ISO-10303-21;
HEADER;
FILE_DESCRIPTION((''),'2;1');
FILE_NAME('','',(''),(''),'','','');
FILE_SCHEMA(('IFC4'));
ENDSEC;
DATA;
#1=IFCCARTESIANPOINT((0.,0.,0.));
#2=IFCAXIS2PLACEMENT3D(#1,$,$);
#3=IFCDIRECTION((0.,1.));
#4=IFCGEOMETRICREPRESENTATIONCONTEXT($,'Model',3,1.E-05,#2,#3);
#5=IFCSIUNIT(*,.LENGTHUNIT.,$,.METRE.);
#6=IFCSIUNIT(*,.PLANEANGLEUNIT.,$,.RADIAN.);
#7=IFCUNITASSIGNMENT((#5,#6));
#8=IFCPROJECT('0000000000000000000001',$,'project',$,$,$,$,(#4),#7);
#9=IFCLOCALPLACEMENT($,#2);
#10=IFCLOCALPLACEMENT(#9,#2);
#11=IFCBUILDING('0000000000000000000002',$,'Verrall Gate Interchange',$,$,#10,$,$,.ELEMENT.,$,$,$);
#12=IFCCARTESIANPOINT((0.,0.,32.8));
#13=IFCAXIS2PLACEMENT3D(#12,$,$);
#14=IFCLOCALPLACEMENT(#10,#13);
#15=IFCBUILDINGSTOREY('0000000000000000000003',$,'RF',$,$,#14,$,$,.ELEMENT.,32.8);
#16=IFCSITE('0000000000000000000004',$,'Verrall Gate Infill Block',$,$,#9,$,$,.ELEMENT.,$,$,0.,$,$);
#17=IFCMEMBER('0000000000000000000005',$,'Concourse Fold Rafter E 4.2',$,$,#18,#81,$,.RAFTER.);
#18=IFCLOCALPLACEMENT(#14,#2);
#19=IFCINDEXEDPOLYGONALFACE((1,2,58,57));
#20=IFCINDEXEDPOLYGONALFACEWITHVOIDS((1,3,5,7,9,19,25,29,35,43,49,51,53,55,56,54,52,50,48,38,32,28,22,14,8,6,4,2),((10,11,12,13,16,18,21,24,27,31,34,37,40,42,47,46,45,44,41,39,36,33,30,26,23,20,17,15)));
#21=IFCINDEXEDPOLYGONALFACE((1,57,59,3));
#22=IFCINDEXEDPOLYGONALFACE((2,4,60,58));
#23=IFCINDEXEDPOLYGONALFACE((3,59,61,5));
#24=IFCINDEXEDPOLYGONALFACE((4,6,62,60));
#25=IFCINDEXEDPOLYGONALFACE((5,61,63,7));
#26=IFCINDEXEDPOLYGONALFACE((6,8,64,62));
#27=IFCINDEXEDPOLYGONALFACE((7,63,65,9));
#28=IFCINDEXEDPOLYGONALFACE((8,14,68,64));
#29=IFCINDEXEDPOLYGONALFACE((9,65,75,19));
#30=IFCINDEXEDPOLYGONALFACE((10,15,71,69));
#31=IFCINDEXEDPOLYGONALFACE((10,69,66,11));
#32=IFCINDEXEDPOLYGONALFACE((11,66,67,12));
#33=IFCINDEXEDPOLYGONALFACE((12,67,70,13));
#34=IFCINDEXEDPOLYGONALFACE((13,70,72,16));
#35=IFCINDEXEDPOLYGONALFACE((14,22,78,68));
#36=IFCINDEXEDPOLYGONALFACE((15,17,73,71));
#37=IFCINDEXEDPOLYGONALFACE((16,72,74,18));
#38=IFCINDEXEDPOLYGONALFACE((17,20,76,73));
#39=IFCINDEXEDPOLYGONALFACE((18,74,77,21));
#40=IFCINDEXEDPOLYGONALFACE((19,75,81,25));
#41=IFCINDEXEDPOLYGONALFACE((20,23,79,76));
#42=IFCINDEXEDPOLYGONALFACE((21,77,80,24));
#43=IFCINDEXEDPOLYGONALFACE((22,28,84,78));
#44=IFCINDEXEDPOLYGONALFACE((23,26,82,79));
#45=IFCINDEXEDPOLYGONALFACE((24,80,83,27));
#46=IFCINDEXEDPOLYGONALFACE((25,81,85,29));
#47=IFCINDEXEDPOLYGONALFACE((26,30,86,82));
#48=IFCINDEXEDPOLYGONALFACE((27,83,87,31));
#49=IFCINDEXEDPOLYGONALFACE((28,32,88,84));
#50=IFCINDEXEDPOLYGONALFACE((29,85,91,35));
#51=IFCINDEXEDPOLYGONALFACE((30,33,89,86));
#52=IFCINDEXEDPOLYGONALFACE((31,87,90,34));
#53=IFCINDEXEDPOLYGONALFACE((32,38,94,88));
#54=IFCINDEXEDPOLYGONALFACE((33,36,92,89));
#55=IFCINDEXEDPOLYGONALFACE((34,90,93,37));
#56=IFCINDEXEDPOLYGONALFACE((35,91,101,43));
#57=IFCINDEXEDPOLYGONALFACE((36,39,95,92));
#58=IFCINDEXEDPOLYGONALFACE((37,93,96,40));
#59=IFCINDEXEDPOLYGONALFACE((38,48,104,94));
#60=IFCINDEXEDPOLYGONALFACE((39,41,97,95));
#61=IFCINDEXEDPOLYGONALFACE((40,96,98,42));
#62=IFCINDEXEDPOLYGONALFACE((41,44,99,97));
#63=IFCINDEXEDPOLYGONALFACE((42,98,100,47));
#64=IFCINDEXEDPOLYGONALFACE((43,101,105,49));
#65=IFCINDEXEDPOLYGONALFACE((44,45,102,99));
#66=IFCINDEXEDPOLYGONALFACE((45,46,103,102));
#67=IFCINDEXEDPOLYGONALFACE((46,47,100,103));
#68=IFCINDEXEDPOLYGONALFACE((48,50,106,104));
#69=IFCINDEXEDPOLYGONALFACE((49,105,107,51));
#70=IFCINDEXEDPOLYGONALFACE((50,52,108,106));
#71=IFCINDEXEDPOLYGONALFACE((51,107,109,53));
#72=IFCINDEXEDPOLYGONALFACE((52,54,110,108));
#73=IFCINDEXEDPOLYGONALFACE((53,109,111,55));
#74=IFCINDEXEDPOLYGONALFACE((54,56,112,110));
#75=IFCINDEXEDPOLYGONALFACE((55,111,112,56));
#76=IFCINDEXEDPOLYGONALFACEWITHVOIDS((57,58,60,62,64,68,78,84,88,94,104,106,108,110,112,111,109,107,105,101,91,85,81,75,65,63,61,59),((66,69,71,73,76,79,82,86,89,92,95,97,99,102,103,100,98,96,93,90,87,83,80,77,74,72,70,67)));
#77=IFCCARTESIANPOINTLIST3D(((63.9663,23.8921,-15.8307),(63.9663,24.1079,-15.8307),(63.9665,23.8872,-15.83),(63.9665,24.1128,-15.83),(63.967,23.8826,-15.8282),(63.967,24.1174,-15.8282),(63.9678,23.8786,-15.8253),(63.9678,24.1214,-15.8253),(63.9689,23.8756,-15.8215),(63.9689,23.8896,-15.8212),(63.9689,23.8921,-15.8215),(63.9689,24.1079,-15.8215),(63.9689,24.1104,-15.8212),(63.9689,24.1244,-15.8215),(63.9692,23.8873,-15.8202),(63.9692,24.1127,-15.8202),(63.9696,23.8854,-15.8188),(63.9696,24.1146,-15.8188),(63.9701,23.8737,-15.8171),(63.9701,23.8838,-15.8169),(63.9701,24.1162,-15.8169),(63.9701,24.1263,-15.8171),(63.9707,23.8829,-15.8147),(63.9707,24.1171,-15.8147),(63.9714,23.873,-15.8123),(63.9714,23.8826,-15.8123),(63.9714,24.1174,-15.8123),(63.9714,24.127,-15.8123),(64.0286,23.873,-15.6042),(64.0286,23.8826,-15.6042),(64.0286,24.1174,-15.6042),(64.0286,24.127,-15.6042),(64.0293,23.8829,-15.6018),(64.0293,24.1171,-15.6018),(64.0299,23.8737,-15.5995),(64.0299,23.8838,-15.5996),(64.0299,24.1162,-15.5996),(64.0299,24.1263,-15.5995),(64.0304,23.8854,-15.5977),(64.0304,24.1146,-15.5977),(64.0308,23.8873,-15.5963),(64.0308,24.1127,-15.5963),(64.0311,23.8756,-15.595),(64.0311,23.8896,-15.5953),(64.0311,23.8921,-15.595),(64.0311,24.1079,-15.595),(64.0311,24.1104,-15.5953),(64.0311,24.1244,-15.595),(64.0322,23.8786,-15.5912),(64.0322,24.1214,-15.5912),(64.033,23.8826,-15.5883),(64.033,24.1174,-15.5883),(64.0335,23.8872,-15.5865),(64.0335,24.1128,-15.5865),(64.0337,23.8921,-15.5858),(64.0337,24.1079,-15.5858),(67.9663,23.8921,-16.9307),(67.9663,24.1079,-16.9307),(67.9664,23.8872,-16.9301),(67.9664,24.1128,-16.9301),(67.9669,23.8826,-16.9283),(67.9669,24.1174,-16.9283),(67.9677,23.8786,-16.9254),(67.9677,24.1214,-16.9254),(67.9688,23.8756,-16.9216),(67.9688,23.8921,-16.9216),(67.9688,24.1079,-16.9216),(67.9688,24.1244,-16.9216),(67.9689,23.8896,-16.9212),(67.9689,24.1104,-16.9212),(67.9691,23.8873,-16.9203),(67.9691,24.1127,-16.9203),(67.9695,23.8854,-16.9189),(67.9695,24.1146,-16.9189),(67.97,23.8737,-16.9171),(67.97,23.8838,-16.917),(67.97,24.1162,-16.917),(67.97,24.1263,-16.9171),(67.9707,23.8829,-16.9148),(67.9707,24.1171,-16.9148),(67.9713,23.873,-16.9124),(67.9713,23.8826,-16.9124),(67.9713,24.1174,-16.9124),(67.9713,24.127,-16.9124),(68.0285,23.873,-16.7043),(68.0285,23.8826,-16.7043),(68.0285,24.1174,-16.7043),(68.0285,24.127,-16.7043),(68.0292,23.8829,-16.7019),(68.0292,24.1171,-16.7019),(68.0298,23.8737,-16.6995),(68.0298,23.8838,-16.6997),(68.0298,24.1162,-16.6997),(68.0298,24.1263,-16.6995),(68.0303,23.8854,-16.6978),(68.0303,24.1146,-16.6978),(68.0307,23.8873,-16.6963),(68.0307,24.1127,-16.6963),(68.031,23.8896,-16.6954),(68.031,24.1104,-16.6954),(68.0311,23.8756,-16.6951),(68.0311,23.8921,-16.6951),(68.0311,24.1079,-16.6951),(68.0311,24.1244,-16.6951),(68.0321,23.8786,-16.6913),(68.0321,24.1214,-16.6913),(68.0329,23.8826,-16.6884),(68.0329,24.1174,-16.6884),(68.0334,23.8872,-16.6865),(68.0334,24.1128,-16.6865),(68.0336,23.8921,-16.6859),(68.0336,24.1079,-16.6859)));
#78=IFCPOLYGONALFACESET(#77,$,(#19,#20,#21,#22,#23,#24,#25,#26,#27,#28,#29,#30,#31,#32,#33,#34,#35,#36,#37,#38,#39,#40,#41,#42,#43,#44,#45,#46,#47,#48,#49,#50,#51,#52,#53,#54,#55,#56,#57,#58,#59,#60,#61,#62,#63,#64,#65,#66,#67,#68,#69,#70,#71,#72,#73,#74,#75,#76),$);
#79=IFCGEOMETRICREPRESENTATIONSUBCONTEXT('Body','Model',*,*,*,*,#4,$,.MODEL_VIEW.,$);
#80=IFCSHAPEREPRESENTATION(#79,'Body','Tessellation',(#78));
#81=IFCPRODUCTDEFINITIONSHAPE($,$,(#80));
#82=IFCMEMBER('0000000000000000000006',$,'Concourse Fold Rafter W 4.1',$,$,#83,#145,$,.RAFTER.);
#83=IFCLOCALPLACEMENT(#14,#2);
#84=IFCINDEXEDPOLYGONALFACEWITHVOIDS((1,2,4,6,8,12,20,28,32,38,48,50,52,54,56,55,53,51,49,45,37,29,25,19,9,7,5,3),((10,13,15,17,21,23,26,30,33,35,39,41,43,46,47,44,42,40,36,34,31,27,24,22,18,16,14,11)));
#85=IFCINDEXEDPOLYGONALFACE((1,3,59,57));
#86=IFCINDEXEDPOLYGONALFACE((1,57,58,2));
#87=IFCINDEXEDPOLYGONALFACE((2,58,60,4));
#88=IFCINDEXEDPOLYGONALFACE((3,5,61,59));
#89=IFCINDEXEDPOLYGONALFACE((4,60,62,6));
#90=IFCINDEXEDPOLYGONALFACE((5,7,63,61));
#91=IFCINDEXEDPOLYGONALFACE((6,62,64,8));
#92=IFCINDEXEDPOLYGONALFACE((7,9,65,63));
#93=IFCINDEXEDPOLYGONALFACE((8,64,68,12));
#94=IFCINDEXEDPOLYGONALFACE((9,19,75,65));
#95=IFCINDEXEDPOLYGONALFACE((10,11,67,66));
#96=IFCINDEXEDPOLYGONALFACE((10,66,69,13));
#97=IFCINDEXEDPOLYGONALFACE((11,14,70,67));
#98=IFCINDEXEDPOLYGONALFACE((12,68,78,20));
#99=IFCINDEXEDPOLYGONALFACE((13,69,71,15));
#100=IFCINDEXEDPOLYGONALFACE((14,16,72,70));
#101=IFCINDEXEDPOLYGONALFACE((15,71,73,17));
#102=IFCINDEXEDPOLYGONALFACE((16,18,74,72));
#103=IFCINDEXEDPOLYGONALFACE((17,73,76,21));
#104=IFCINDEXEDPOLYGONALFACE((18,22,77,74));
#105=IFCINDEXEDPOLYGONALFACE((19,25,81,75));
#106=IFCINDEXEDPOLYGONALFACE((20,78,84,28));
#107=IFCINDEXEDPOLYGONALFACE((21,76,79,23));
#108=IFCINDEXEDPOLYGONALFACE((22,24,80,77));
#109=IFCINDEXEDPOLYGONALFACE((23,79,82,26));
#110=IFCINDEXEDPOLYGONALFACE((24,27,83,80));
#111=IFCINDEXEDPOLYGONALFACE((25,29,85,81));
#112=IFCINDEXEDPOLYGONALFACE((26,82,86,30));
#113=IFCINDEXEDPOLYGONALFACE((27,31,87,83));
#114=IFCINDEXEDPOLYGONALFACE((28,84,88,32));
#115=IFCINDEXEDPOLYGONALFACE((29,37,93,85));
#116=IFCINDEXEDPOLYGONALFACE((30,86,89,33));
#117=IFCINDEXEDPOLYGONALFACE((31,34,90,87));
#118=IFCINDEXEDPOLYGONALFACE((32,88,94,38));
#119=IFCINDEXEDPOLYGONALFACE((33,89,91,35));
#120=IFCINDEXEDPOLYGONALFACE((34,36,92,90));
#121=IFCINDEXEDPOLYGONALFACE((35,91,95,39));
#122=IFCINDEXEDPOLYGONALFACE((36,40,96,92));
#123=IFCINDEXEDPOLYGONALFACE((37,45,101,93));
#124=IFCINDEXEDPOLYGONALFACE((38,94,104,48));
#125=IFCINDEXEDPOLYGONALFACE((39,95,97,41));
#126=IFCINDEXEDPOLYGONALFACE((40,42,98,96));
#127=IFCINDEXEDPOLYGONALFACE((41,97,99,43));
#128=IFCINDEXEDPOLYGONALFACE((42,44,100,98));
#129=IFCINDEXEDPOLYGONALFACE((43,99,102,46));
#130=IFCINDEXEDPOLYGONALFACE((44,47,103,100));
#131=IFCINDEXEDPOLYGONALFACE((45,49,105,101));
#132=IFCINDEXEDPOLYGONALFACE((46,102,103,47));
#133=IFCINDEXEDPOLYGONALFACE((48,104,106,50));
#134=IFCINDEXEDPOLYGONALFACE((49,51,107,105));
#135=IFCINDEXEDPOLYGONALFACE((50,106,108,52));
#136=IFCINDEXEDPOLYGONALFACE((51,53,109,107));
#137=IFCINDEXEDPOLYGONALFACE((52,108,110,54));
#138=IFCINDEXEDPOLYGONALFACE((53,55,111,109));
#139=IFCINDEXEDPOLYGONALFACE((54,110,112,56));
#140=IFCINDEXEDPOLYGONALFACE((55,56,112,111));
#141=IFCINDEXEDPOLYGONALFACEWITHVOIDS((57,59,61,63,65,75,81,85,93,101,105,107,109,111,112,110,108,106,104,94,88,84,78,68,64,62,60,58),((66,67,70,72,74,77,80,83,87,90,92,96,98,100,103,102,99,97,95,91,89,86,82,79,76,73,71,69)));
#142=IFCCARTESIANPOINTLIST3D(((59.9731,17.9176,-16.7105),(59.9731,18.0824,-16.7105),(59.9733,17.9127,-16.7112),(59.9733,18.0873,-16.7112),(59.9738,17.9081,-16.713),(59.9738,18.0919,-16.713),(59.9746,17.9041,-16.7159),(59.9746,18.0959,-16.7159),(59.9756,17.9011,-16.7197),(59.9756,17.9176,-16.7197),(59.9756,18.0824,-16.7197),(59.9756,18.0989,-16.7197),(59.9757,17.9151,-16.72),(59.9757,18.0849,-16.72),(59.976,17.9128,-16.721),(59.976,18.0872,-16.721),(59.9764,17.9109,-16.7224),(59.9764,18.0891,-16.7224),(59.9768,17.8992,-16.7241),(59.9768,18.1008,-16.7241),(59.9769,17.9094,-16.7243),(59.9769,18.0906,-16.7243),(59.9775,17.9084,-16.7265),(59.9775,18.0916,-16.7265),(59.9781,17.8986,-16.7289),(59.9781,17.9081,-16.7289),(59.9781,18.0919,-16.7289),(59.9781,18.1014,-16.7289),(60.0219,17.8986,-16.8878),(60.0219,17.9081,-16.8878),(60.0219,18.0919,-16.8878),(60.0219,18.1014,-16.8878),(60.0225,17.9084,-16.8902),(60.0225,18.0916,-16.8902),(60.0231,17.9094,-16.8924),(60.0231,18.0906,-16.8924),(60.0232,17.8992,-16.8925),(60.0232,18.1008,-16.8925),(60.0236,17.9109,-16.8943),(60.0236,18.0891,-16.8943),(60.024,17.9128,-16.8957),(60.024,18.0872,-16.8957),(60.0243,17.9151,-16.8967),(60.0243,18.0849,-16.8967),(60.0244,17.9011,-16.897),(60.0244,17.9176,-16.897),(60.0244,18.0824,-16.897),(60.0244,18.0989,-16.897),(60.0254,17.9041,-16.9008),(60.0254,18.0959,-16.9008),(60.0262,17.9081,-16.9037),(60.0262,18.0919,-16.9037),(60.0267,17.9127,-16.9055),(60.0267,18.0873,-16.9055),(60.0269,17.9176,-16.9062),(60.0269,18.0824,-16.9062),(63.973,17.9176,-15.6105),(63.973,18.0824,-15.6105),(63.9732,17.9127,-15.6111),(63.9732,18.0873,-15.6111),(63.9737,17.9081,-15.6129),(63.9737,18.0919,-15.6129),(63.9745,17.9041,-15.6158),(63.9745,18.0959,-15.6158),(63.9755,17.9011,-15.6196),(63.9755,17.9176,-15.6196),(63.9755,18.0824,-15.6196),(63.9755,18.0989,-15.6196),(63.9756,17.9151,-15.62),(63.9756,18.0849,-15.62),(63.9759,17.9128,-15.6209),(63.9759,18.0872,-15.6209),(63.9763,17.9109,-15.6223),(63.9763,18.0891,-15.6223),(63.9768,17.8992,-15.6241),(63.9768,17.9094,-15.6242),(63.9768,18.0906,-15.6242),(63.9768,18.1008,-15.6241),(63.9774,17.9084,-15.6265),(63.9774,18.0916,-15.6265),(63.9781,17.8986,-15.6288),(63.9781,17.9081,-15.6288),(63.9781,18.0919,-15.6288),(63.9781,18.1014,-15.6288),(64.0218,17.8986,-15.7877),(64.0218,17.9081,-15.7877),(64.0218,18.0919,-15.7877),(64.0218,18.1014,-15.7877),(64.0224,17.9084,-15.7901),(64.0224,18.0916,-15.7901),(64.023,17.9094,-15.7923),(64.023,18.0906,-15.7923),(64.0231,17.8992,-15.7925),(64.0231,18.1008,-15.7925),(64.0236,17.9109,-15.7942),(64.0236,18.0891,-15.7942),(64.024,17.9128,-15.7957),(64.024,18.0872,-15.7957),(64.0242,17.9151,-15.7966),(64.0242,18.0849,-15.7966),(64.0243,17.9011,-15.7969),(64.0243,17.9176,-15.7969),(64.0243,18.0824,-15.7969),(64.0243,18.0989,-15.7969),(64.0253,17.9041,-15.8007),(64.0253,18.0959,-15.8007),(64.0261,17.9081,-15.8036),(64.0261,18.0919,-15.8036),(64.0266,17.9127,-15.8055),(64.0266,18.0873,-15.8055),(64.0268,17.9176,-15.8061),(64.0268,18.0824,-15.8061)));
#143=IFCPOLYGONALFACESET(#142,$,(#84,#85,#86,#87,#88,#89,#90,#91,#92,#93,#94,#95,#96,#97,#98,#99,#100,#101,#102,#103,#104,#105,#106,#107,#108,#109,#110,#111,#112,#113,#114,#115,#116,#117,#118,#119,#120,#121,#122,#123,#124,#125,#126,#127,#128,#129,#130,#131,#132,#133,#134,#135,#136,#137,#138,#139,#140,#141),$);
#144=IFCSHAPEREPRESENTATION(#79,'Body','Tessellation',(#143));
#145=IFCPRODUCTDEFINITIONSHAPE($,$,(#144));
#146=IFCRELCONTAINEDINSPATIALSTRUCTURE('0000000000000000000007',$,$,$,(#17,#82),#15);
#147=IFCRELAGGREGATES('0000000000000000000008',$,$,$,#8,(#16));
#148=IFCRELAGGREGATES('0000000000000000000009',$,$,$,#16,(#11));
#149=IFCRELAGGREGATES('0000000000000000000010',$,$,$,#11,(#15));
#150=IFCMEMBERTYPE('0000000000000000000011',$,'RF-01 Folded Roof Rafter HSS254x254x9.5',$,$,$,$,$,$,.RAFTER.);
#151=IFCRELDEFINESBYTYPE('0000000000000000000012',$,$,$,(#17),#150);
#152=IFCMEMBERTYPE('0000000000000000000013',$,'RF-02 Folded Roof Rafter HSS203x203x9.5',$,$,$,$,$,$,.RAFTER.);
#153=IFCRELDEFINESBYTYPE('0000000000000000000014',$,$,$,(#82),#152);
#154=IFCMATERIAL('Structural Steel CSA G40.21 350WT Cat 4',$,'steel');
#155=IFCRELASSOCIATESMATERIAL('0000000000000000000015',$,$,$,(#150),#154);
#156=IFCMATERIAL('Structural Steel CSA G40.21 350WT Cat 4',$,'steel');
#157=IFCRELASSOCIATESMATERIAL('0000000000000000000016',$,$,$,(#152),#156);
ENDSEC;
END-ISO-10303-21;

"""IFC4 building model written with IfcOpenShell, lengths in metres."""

from ifc_helpers import new_model, si_unit, direction, frame, origin, origin_2d, place, context, subcontext, project, spatial, hollow_rectangle, extrude, material, material_profile, profile_set, type_object, element, save


model = new_model("IFC4")

# Units and contexts
model_context = context("Model", 3, precision=1e-05, world=origin(), true_north=direction((0.0, 1.0)))
body_context = subcontext(model_context, "Body", "Model", "MODEL_VIEW")
ifc_project = project(units=[si_unit("LENGTHUNIT", "METRE"), si_unit("PLANEANGLEUNIT", "RADIAN")], contexts=[model_context])

# Site, building, storey
site_placement = place(None, origin())
site = spatial("IfcSite", under=ifc_project, at=site_placement, Name="Verrall Gate Infill Block", CompositionType="ELEMENT", RefElevation=0.0)
building_placement = place(site_placement, origin())
building = spatial("IfcBuilding", under=site, at=building_placement, Name="Verrall Gate Interchange", CompositionType="ELEMENT")
storey_placement = place(building_placement, frame((0.0, 0.0, 32.8)))
storey = spatial("IfcBuildingStorey", under=building, at=storey_placement, Name="RF", CompositionType="ELEMENT", Elevation=32.8)

# Members
ifc_material_1 = material(Name="Structural Steel CSA G40.21 350WT Cat 4", Category="steel")
ifc_material_profile_1 = material_profile(ifc_material_1, hollow_rectangle(XDim=0.2539, YDim=0.2539, WallThickness=0.0095, InnerFilletRadius=0.0095, OuterFilletRadius=0.019, at=origin_2d()), Name="HSS254x254x9.5")
ifc_profile_set_1 = profile_set([ifc_material_profile_1], Name="Structural Steel CSA G40.21 350WT Cat 4")
member_type_1 = type_object("IfcMemberType", Name="RF-01 Folded Roof Rafter HSS254x254x9.5", PredefinedType="RAFTER", material=ifc_profile_set_1)
for number, where, z_axis, x_axis, name in (
    (1, (64.0, 24.0, -15.7083), (0.964199, 0.0, -0.265178), (0.0, 1.0, 0.0), "Concourse Fold Rafter E 4.2"),
):
    element("IfcMember", number, at=place(storey_placement, frame(where, z_axis=z_axis, x_axis=x_axis)), inside=storey, type_object=member_type_1, Name=name, PredefinedType="RAFTER", context=body_context, shape_type="SweptSolid", body=[
        extrude(hollow_rectangle(XDim=0.2539, YDim=0.2539, WallThickness=0.0095, InnerFilletRadius=0.0095, OuterFilletRadius=0.019, at=origin_2d()), origin(), (0.0, 0.0, 1.0), 4.1484),
    ])
ifc_material_2 = material(Name="Structural Steel CSA G40.21 350WT Cat 4", Category="steel")
ifc_material_profile_2 = material_profile(ifc_material_2, hollow_rectangle(XDim=0.2029, YDim=0.2029, WallThickness=0.0095, InnerFilletRadius=0.0095, OuterFilletRadius=0.019, at=origin_2d()), Name="HSS203x203x9.5")
ifc_profile_set_2 = profile_set([ifc_material_profile_2], Name="Structural Steel CSA G40.21 350WT Cat 4")
member_type_2 = type_object("IfcMemberType", Name="RF-02 Folded Roof Rafter HSS203x203x9.5", PredefinedType="RAFTER", material=ifc_profile_set_2)
for number, where, z_axis, x_axis, name in (
    (2, (60.0, 18.0, -16.8083), (0.964199, 0.0, 0.265178), (0.0, 1.0, 0.0), "Concourse Fold Rafter W 4.1"),
):
    element("IfcMember", number, at=place(storey_placement, frame(where, z_axis=z_axis, x_axis=x_axis)), inside=storey, type_object=member_type_2, Name=name, PredefinedType="RAFTER", context=body_context, shape_type="SweptSolid", body=[
        extrude(hollow_rectangle(XDim=0.2029, YDim=0.2029, WallThickness=0.0095, InnerFilletRadius=0.0095, OuterFilletRadius=0.019, at=origin_2d()), origin(), (0.0, 0.0, 1.0), 4.1484),
    ])

save(model, "model.ifc")
